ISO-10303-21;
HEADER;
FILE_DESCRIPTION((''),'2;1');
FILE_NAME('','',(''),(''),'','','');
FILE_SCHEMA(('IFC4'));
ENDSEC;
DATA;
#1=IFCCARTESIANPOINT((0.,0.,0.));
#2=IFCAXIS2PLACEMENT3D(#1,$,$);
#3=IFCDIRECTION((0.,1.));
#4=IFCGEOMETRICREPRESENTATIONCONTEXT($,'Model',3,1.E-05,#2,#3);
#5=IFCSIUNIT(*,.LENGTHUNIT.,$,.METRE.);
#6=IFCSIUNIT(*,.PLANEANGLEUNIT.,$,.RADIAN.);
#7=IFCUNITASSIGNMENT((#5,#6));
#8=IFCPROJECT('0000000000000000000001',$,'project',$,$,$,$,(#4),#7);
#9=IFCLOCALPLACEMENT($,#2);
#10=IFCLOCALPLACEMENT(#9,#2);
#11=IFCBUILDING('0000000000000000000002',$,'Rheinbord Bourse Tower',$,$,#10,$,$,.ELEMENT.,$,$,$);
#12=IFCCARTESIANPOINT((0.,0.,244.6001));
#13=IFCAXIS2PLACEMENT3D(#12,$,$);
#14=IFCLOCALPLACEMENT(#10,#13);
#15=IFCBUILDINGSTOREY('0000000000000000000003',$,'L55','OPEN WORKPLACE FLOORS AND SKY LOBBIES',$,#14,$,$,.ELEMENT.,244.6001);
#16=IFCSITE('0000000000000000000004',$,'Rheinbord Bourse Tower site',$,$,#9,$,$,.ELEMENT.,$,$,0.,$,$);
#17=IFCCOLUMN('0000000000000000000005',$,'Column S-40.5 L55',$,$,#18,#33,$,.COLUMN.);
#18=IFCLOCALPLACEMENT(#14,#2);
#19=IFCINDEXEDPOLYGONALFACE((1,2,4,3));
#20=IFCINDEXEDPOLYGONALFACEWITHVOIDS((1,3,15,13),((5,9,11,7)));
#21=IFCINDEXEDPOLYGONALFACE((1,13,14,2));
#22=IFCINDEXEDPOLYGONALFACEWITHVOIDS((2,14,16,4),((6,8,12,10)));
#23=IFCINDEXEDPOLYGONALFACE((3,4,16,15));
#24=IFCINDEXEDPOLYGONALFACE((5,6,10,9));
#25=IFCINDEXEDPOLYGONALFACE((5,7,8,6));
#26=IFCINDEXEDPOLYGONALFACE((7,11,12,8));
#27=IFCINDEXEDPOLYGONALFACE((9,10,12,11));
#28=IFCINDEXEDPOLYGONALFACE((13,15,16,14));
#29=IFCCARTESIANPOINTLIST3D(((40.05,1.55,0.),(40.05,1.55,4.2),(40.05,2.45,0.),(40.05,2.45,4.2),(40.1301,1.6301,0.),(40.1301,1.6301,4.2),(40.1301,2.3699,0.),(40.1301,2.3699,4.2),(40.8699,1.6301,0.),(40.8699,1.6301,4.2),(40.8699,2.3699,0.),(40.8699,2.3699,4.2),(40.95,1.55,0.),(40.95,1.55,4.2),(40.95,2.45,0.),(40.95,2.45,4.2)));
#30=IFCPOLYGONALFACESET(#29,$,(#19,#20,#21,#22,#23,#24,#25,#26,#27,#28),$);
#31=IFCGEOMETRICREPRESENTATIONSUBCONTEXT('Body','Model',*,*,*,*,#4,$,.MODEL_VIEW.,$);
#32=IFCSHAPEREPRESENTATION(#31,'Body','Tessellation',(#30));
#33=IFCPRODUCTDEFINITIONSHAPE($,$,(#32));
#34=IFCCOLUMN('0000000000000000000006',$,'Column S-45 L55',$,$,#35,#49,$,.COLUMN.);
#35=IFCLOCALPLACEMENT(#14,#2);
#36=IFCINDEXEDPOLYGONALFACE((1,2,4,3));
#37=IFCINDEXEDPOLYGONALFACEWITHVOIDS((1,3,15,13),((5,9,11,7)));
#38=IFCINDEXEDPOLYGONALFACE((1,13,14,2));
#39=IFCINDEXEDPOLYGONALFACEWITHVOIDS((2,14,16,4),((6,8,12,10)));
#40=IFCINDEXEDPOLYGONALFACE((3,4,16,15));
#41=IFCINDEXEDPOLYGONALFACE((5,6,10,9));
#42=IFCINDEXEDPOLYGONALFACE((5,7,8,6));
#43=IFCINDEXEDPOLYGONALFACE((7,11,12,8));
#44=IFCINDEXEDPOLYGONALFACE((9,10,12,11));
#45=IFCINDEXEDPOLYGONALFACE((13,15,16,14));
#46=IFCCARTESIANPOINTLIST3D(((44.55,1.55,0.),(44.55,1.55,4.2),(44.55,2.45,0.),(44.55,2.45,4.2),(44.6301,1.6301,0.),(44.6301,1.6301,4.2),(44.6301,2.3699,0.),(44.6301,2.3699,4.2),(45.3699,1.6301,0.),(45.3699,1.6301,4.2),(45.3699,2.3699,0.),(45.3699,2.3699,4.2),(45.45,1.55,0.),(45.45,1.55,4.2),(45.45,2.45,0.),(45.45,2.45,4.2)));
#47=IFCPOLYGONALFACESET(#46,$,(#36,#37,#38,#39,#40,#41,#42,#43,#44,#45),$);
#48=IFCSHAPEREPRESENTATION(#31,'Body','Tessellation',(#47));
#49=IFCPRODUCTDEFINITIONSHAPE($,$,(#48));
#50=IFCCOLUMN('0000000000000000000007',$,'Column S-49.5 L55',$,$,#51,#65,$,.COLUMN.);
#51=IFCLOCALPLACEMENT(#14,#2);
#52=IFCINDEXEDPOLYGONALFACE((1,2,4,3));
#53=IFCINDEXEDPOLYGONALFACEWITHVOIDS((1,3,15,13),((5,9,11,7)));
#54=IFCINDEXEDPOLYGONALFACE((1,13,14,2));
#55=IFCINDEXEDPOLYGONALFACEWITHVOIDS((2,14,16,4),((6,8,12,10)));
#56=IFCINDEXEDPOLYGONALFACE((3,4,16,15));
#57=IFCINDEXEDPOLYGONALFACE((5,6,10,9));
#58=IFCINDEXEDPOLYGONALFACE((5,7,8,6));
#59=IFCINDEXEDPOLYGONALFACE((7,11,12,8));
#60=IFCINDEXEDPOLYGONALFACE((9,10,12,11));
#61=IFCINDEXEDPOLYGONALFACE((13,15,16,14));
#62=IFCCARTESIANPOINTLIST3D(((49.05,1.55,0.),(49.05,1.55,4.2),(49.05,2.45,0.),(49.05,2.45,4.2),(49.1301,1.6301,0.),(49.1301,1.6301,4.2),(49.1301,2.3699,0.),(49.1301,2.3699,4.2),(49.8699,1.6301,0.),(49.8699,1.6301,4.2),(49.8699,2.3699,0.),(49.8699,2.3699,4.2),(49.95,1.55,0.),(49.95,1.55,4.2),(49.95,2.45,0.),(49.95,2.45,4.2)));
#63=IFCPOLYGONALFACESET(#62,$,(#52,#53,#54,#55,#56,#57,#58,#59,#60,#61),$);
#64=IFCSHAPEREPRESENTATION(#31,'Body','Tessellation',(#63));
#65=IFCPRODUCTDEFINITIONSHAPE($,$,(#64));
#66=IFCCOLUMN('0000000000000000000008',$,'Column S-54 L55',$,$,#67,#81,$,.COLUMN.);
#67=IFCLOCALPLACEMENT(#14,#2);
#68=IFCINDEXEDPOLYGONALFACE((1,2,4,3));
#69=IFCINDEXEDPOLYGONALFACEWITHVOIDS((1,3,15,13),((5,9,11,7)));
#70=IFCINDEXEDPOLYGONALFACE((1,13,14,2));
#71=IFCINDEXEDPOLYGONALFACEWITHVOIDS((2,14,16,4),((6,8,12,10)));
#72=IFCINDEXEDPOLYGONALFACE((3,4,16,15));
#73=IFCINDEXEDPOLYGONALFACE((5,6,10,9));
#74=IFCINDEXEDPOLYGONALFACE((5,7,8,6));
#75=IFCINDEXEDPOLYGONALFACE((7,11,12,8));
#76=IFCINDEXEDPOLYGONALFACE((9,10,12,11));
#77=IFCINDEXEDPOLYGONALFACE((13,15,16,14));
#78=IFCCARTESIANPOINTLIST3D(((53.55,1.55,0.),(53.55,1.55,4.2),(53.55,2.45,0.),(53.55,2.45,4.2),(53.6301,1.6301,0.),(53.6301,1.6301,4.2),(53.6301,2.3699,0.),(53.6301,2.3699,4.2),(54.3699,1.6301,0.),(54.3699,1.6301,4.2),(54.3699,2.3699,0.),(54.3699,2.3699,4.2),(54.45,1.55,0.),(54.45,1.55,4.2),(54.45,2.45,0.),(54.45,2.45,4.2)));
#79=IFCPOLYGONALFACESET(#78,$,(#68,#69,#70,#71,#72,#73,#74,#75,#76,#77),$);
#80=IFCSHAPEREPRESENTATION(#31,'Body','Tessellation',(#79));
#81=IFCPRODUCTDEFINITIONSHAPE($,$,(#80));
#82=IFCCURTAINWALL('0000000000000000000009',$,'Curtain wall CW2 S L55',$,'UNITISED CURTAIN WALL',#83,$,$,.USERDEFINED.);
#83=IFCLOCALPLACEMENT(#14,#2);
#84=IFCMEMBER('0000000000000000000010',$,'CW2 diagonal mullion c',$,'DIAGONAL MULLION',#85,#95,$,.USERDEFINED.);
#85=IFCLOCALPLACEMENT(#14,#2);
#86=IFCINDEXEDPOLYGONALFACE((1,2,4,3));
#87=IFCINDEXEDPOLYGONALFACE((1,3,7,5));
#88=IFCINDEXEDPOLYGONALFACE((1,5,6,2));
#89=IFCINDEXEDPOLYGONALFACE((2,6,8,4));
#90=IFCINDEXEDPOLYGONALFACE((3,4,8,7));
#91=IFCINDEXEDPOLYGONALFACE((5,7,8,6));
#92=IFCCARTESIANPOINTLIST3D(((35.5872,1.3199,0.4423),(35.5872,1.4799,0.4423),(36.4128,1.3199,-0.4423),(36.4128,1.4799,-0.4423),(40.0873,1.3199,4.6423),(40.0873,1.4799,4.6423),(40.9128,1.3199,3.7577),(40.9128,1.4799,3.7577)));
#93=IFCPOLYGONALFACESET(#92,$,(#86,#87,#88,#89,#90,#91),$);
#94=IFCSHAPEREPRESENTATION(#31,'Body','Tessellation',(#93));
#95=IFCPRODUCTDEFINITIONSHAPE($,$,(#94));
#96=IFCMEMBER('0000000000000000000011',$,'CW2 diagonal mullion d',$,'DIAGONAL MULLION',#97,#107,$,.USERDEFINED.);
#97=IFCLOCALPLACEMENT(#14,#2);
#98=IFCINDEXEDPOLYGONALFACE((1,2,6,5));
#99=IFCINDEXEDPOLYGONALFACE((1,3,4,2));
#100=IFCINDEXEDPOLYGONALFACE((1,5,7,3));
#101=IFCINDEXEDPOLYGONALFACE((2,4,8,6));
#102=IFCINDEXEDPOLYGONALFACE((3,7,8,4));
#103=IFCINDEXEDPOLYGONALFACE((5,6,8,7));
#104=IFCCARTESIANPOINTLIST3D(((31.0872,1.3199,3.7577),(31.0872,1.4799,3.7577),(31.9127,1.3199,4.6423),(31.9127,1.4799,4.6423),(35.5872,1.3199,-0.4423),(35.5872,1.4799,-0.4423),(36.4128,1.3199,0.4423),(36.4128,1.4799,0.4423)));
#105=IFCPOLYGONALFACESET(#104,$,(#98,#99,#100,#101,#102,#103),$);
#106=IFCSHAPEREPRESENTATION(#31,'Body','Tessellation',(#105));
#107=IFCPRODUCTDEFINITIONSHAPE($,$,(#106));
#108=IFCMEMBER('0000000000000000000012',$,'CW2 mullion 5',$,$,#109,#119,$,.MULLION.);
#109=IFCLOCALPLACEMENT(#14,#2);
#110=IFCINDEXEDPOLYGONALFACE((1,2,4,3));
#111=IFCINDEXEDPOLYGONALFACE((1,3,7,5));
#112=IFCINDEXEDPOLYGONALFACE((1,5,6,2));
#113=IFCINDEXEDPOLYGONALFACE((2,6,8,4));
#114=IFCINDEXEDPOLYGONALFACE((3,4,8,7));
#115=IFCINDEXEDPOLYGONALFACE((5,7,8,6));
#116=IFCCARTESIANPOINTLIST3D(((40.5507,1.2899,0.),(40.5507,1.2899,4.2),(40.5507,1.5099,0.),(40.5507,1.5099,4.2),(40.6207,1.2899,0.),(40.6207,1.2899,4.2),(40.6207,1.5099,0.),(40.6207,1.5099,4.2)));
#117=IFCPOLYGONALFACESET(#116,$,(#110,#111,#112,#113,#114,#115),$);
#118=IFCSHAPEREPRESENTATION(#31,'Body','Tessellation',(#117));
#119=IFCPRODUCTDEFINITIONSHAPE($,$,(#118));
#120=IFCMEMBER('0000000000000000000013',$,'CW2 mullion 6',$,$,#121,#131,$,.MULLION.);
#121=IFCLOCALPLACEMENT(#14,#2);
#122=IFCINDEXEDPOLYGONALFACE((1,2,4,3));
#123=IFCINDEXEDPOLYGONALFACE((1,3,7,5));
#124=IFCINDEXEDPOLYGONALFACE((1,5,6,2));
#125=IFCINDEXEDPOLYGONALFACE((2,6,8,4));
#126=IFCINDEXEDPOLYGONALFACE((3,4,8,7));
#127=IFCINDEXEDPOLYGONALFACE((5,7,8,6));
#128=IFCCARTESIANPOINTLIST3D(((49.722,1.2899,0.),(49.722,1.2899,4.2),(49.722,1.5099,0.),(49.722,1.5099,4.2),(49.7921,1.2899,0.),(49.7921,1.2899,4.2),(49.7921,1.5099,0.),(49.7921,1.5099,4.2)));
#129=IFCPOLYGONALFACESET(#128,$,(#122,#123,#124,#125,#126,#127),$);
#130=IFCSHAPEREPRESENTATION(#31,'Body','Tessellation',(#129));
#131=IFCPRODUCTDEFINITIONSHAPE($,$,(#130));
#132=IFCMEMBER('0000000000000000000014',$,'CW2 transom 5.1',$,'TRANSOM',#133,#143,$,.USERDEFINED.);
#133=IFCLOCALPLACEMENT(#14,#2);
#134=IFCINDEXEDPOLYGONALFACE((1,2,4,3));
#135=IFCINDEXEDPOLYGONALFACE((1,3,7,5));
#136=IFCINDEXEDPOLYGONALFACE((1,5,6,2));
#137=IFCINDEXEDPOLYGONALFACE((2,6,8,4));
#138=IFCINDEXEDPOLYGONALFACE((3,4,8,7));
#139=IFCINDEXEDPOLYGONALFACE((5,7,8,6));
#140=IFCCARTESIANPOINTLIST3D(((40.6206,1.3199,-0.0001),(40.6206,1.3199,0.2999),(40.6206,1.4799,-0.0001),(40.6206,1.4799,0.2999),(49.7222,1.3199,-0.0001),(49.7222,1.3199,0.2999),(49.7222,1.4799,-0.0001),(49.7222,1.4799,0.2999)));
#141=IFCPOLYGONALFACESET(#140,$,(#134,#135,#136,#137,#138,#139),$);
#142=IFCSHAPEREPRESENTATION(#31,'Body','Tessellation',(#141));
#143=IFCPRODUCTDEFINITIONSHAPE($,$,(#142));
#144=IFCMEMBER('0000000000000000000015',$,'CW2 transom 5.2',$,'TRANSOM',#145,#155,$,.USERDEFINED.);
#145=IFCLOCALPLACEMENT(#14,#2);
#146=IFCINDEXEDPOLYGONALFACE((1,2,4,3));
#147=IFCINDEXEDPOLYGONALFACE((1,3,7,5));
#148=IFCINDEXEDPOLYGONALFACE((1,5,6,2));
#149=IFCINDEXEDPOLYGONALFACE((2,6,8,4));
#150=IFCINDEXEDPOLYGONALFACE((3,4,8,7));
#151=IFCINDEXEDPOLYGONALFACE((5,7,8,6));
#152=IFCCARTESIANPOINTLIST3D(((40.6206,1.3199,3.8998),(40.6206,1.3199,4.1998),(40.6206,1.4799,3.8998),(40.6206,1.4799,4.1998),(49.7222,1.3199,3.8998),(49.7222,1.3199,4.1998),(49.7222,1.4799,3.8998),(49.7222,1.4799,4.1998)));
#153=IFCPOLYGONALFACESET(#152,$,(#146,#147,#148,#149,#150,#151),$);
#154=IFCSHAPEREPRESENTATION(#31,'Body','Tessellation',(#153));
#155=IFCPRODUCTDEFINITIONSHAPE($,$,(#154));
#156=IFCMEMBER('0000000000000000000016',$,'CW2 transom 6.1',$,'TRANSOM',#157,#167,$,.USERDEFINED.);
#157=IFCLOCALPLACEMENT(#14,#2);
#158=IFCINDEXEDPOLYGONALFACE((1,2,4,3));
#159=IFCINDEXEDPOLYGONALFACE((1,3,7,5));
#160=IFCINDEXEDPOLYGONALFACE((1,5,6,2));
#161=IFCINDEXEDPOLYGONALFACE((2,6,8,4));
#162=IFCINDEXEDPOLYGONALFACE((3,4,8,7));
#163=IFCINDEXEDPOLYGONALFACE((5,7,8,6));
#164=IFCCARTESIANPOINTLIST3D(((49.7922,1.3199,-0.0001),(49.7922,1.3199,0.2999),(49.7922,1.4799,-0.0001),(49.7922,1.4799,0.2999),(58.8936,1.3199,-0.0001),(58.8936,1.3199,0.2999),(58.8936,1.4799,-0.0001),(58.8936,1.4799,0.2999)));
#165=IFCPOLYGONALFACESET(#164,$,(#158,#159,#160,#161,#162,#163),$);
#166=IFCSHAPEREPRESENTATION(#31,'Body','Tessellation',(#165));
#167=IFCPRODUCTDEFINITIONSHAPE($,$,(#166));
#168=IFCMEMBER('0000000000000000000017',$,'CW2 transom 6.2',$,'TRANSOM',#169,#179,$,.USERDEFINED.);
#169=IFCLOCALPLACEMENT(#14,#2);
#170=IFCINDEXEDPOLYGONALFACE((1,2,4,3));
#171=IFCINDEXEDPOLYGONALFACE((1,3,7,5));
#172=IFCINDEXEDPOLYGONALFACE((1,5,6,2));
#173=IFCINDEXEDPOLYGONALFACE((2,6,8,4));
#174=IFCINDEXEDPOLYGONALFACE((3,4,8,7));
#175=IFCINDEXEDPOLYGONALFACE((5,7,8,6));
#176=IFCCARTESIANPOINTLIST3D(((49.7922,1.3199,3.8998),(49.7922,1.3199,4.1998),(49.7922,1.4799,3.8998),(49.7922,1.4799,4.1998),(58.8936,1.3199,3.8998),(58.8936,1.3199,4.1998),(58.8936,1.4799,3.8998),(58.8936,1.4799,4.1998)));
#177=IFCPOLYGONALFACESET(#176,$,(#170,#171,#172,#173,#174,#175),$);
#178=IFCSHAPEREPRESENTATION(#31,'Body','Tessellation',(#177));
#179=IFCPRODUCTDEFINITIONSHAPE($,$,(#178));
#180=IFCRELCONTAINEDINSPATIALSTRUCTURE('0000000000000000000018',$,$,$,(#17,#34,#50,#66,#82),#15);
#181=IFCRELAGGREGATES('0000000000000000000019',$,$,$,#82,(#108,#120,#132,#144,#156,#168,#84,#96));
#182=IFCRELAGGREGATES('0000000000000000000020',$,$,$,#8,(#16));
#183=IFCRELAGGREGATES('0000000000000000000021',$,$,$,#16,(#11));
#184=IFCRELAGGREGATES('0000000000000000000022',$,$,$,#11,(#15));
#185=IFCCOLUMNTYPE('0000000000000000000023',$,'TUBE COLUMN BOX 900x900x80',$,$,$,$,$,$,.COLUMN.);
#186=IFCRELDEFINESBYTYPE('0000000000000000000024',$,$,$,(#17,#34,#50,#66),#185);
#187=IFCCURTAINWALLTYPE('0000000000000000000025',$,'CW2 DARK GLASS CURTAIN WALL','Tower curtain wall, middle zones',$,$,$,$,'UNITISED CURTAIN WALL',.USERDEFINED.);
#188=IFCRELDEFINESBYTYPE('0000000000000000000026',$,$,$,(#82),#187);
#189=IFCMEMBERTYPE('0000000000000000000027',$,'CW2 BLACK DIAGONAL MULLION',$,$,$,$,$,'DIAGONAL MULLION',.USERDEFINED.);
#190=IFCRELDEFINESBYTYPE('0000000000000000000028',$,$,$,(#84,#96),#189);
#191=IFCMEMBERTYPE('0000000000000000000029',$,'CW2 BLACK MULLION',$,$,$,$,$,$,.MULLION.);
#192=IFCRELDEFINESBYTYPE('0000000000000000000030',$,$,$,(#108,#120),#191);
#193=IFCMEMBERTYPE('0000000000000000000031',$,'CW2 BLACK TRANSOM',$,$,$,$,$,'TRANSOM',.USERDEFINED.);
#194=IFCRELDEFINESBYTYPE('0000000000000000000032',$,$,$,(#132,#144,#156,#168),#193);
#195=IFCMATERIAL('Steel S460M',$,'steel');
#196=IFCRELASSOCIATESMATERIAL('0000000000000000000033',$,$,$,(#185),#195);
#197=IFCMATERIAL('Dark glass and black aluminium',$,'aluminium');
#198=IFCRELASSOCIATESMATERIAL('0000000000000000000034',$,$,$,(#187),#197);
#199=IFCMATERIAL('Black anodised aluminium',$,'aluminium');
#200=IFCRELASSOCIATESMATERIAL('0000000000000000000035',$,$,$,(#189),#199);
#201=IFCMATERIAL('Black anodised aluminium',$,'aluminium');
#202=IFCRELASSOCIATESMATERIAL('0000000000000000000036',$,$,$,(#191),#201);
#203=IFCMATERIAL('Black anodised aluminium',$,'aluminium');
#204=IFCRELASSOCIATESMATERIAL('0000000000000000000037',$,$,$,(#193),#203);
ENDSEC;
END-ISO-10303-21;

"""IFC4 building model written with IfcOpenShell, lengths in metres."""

from ifc_helpers import new_model, si_unit, direction, frame, origin, origin_2d, place, context, subcontext, project, spatial, rectangle, hollow_rectangle, extrude, material, material_profile, profile_set, type_object, element, aggregate, save


model = new_model("IFC4")

# Units and contexts
model_context = context("Model", 3, precision=1e-05, world=origin(), true_north=direction((0.0, 1.0)))
body_context = subcontext(model_context, "Body", "Model", "MODEL_VIEW")
ifc_project = project(units=[si_unit("LENGTHUNIT", "METRE"), si_unit("PLANEANGLEUNIT", "RADIAN")], contexts=[model_context])

# Site, building, storey
site_placement = place(None, origin())
site = spatial("IfcSite", under=ifc_project, at=site_placement, Name="Rheinbord Bourse Tower site", CompositionType="ELEMENT", RefElevation=0.0)
building_placement = place(site_placement, origin())
building = spatial("IfcBuilding", under=site, at=building_placement, Name="Rheinbord Bourse Tower", CompositionType="ELEMENT")
storey_placement = place(building_placement, frame((0.0, 0.0, 244.6001)))
storey = spatial("IfcBuildingStorey", under=building, at=storey_placement, Name="L55", Description="OPEN WORKPLACE FLOORS AND SKY LOBBIES", CompositionType="ELEMENT", Elevation=244.6001)

# Columns
ifc_material_1 = material(Name="Steel S460M", Category="steel")
ifc_material_profile_1 = material_profile(ifc_material_1, hollow_rectangle(XDim=0.8999, YDim=0.8999, WallThickness=0.0801, at=origin_2d()), Name="BOX 900x900x80")
ifc_profile_set_1 = profile_set([ifc_material_profile_1], Name="Steel S460M")
column_type = type_object("IfcColumnType", Name="TUBE COLUMN BOX 900x900x80", PredefinedType="COLUMN", material=ifc_profile_set_1)
for number, where, z_axis, x_axis, name in (
    (1, (40.5, 2.0, 0.0), (0.0, 0.0, 1.0), (0.0, 1.0, 0.0), "Column S-40.5 L55"),
    (2, (45.0, 2.0, 0.0), (0.0, 0.0, 1.0), (0.0, 1.0, 0.0), "Column S-45 L55"),
    (3, (49.5, 2.0, 0.0), (0.0, 0.0, 1.0), (0.0, 1.0, 0.0), "Column S-49.5 L55"),
    (4, (54.0, 2.0, 0.0), (0.0, 0.0, 1.0), (0.0, 1.0, 0.0), "Column S-54 L55"),
):
    element("IfcColumn", number, at=place(storey_placement, frame(where, z_axis=z_axis, x_axis=x_axis)), inside=storey, type_object=column_type, Name=name, PredefinedType="COLUMN", context=body_context, shape_type="SweptSolid", body=[
        extrude(hollow_rectangle(XDim=0.8999, YDim=0.8999, WallThickness=0.0801, at=origin_2d()), origin(), (0.0, 0.0, 1.0), 4.2),
    ])

# Curtain wall, members
ifc_material_2 = material(Name="Dark glass and black aluminium", Category="aluminium")
curtain_wall_type = type_object("IfcCurtainWallType", Name="CW2 DARK GLASS CURTAIN WALL", Description="Tower curtain wall, middle zones", ElementType="UNITISED CURTAIN WALL", PredefinedType="USERDEFINED", material=ifc_material_2)
curtain_wall_placement = place(storey_placement, origin())
curtain_wall = element("IfcCurtainWall", 5, at=curtain_wall_placement, inside=storey, type_object=curtain_wall_type, Name="Curtain wall CW2 S L55", ObjectType="UNITISED CURTAIN WALL", PredefinedType="USERDEFINED")
ifc_material_3 = material(Name="Black anodised aluminium", Category="aluminium")
ifc_material_profile_2 = material_profile(ifc_material_3, rectangle(XDim=0.1599, YDim=1.21, at=origin_2d()), Name="CW2 DIAGONAL MULLION 1210x160")
ifc_profile_set_2 = profile_set([ifc_material_profile_2], Name="Black anodised aluminium")
member_type_1 = type_object("IfcMemberType", Name="CW2 BLACK DIAGONAL MULLION", ElementType="DIAGONAL MULLION", PredefinedType="USERDEFINED", material=ifc_profile_set_2)
member_1_placement = place(storey_placement, frame((36.0, 1.3999, 0.0), z_axis=(0.731059, 0.0, 0.682314), x_axis=(0.0, 1.0, 0.0)))
member_1 = element("IfcMember", 6, at=member_1_placement, type_object=member_type_1, Name="CW2 diagonal mullion c", ObjectType="DIAGONAL MULLION", PredefinedType="USERDEFINED", context=body_context, shape_type="SweptSolid", body=[
    extrude(rectangle(XDim=0.1599, YDim=1.21, at=origin_2d()), origin(), (0.0, 0.0, 1.0), 6.1555),
])
member_2_placement = place(storey_placement, frame((36.0, 1.3999, 0.0), z_axis=(-0.731059, 0.0, 0.682314), x_axis=(0.0, -1.0, 0.0)))
member_2 = element("IfcMember", 7, at=member_2_placement, type_object=member_type_1, Name="CW2 diagonal mullion d", ObjectType="DIAGONAL MULLION", PredefinedType="USERDEFINED", context=body_context, shape_type="SweptSolid", body=[
    extrude(rectangle(XDim=0.1599, YDim=1.21, at=origin_2d()), origin(), (0.0, 0.0, 1.0), 6.1555),
])
ifc_material_4 = material(Name="Black anodised aluminium", Category="aluminium")
ifc_material_profile_3 = material_profile(ifc_material_4, rectangle(XDim=0.22, YDim=0.0701, at=origin_2d()), Name="CW2 MULLION 70x220")
ifc_profile_set_3 = profile_set([ifc_material_profile_3], Name="Black anodised aluminium")
member_type_2 = type_object("IfcMemberType", Name="CW2 BLACK MULLION", PredefinedType="MULLION", material=ifc_profile_set_3)
member_3_placement = place(storey_placement, frame((40.5857, 1.3999, 0.0), z_axis=(0.0, 0.0, 1.0), x_axis=(0.0, 1.0, 0.0)))
member_3 = element("IfcMember", 8, at=member_3_placement, type_object=member_type_2, Name="CW2 mullion 5", PredefinedType="MULLION", context=body_context, shape_type="SweptSolid", body=[
    extrude(rectangle(XDim=0.22, YDim=0.0701, at=origin_2d()), origin(), (0.0, 0.0, 1.0), 4.2),
])
member_4_placement = place(storey_placement, frame((49.7571, 1.3999, 0.0), z_axis=(0.0, 0.0, 1.0), x_axis=(0.0, 1.0, 0.0)))
member_4 = element("IfcMember", 9, at=member_4_placement, type_object=member_type_2, Name="CW2 mullion 6", PredefinedType="MULLION", context=body_context, shape_type="SweptSolid", body=[
    extrude(rectangle(XDim=0.22, YDim=0.0701, at=origin_2d()), origin(), (0.0, 0.0, 1.0), 4.2),
])
ifc_material_5 = material(Name="Black anodised aluminium", Category="aluminium")
ifc_material_profile_4 = material_profile(ifc_material_5, rectangle(XDim=0.1599, YDim=0.3, at=origin_2d()), Name="CW2 TRANSOM 300x160")
ifc_profile_set_4 = profile_set([ifc_material_profile_4], Name="Black anodised aluminium")
member_type_3 = type_object("IfcMemberType", Name="CW2 BLACK TRANSOM", ElementType="TRANSOM", PredefinedType="USERDEFINED", material=ifc_profile_set_4)
member_5_placement = place(storey_placement, frame((40.6206, 1.3999, 0.1499), z_axis=(1.0, 0.0, 0.0), x_axis=(0.0, 1.0, 0.0)))
member_5 = element("IfcMember", 10, at=member_5_placement, type_object=member_type_3, Name="CW2 transom 5.1", ObjectType="TRANSOM", PredefinedType="USERDEFINED", context=body_context, shape_type="SweptSolid", body=[
    extrude(rectangle(XDim=0.1599, YDim=0.3, at=origin_2d()), origin(), (0.0, 0.0, 1.0), 9.1016),
])
member_6_placement = place(storey_placement, frame((40.6206, 1.3999, 4.0498), z_axis=(1.0, 0.0, 0.0), x_axis=(0.0, 1.0, 0.0)))
member_6 = element("IfcMember", 11, at=member_6_placement, type_object=member_type_3, Name="CW2 transom 5.2", ObjectType="TRANSOM", PredefinedType="USERDEFINED", context=body_context, shape_type="SweptSolid", body=[
    extrude(rectangle(XDim=0.1599, YDim=0.3, at=origin_2d()), origin(), (0.0, 0.0, 1.0), 9.1016),
])
member_7_placement = place(storey_placement, frame((49.7922, 1.3999, 0.1499), z_axis=(1.0, 0.0, 0.0), x_axis=(0.0, 1.0, 0.0)))
member_7 = element("IfcMember", 12, at=member_7_placement, type_object=member_type_3, Name="CW2 transom 6.1", ObjectType="TRANSOM", PredefinedType="USERDEFINED", context=body_context, shape_type="SweptSolid", body=[
    extrude(rectangle(XDim=0.1599, YDim=0.3, at=origin_2d()), origin(), (0.0, 0.0, 1.0), 9.1013),
])
member_8_placement = place(storey_placement, frame((49.7922, 1.3999, 4.0498), z_axis=(1.0, 0.0, 0.0), x_axis=(0.0, 1.0, 0.0)))
member_8 = element("IfcMember", 13, at=member_8_placement, type_object=member_type_3, Name="CW2 transom 6.2", ObjectType="TRANSOM", PredefinedType="USERDEFINED", context=body_context, shape_type="SweptSolid", body=[
    extrude(rectangle(XDim=0.1599, YDim=0.3, at=origin_2d()), origin(), (0.0, 0.0, 1.0), 9.1013),
])

aggregate(curtain_wall, [member_3, member_4, member_5, member_6, member_7, member_8, member_1, member_2])

save(model, "model.ifc")
